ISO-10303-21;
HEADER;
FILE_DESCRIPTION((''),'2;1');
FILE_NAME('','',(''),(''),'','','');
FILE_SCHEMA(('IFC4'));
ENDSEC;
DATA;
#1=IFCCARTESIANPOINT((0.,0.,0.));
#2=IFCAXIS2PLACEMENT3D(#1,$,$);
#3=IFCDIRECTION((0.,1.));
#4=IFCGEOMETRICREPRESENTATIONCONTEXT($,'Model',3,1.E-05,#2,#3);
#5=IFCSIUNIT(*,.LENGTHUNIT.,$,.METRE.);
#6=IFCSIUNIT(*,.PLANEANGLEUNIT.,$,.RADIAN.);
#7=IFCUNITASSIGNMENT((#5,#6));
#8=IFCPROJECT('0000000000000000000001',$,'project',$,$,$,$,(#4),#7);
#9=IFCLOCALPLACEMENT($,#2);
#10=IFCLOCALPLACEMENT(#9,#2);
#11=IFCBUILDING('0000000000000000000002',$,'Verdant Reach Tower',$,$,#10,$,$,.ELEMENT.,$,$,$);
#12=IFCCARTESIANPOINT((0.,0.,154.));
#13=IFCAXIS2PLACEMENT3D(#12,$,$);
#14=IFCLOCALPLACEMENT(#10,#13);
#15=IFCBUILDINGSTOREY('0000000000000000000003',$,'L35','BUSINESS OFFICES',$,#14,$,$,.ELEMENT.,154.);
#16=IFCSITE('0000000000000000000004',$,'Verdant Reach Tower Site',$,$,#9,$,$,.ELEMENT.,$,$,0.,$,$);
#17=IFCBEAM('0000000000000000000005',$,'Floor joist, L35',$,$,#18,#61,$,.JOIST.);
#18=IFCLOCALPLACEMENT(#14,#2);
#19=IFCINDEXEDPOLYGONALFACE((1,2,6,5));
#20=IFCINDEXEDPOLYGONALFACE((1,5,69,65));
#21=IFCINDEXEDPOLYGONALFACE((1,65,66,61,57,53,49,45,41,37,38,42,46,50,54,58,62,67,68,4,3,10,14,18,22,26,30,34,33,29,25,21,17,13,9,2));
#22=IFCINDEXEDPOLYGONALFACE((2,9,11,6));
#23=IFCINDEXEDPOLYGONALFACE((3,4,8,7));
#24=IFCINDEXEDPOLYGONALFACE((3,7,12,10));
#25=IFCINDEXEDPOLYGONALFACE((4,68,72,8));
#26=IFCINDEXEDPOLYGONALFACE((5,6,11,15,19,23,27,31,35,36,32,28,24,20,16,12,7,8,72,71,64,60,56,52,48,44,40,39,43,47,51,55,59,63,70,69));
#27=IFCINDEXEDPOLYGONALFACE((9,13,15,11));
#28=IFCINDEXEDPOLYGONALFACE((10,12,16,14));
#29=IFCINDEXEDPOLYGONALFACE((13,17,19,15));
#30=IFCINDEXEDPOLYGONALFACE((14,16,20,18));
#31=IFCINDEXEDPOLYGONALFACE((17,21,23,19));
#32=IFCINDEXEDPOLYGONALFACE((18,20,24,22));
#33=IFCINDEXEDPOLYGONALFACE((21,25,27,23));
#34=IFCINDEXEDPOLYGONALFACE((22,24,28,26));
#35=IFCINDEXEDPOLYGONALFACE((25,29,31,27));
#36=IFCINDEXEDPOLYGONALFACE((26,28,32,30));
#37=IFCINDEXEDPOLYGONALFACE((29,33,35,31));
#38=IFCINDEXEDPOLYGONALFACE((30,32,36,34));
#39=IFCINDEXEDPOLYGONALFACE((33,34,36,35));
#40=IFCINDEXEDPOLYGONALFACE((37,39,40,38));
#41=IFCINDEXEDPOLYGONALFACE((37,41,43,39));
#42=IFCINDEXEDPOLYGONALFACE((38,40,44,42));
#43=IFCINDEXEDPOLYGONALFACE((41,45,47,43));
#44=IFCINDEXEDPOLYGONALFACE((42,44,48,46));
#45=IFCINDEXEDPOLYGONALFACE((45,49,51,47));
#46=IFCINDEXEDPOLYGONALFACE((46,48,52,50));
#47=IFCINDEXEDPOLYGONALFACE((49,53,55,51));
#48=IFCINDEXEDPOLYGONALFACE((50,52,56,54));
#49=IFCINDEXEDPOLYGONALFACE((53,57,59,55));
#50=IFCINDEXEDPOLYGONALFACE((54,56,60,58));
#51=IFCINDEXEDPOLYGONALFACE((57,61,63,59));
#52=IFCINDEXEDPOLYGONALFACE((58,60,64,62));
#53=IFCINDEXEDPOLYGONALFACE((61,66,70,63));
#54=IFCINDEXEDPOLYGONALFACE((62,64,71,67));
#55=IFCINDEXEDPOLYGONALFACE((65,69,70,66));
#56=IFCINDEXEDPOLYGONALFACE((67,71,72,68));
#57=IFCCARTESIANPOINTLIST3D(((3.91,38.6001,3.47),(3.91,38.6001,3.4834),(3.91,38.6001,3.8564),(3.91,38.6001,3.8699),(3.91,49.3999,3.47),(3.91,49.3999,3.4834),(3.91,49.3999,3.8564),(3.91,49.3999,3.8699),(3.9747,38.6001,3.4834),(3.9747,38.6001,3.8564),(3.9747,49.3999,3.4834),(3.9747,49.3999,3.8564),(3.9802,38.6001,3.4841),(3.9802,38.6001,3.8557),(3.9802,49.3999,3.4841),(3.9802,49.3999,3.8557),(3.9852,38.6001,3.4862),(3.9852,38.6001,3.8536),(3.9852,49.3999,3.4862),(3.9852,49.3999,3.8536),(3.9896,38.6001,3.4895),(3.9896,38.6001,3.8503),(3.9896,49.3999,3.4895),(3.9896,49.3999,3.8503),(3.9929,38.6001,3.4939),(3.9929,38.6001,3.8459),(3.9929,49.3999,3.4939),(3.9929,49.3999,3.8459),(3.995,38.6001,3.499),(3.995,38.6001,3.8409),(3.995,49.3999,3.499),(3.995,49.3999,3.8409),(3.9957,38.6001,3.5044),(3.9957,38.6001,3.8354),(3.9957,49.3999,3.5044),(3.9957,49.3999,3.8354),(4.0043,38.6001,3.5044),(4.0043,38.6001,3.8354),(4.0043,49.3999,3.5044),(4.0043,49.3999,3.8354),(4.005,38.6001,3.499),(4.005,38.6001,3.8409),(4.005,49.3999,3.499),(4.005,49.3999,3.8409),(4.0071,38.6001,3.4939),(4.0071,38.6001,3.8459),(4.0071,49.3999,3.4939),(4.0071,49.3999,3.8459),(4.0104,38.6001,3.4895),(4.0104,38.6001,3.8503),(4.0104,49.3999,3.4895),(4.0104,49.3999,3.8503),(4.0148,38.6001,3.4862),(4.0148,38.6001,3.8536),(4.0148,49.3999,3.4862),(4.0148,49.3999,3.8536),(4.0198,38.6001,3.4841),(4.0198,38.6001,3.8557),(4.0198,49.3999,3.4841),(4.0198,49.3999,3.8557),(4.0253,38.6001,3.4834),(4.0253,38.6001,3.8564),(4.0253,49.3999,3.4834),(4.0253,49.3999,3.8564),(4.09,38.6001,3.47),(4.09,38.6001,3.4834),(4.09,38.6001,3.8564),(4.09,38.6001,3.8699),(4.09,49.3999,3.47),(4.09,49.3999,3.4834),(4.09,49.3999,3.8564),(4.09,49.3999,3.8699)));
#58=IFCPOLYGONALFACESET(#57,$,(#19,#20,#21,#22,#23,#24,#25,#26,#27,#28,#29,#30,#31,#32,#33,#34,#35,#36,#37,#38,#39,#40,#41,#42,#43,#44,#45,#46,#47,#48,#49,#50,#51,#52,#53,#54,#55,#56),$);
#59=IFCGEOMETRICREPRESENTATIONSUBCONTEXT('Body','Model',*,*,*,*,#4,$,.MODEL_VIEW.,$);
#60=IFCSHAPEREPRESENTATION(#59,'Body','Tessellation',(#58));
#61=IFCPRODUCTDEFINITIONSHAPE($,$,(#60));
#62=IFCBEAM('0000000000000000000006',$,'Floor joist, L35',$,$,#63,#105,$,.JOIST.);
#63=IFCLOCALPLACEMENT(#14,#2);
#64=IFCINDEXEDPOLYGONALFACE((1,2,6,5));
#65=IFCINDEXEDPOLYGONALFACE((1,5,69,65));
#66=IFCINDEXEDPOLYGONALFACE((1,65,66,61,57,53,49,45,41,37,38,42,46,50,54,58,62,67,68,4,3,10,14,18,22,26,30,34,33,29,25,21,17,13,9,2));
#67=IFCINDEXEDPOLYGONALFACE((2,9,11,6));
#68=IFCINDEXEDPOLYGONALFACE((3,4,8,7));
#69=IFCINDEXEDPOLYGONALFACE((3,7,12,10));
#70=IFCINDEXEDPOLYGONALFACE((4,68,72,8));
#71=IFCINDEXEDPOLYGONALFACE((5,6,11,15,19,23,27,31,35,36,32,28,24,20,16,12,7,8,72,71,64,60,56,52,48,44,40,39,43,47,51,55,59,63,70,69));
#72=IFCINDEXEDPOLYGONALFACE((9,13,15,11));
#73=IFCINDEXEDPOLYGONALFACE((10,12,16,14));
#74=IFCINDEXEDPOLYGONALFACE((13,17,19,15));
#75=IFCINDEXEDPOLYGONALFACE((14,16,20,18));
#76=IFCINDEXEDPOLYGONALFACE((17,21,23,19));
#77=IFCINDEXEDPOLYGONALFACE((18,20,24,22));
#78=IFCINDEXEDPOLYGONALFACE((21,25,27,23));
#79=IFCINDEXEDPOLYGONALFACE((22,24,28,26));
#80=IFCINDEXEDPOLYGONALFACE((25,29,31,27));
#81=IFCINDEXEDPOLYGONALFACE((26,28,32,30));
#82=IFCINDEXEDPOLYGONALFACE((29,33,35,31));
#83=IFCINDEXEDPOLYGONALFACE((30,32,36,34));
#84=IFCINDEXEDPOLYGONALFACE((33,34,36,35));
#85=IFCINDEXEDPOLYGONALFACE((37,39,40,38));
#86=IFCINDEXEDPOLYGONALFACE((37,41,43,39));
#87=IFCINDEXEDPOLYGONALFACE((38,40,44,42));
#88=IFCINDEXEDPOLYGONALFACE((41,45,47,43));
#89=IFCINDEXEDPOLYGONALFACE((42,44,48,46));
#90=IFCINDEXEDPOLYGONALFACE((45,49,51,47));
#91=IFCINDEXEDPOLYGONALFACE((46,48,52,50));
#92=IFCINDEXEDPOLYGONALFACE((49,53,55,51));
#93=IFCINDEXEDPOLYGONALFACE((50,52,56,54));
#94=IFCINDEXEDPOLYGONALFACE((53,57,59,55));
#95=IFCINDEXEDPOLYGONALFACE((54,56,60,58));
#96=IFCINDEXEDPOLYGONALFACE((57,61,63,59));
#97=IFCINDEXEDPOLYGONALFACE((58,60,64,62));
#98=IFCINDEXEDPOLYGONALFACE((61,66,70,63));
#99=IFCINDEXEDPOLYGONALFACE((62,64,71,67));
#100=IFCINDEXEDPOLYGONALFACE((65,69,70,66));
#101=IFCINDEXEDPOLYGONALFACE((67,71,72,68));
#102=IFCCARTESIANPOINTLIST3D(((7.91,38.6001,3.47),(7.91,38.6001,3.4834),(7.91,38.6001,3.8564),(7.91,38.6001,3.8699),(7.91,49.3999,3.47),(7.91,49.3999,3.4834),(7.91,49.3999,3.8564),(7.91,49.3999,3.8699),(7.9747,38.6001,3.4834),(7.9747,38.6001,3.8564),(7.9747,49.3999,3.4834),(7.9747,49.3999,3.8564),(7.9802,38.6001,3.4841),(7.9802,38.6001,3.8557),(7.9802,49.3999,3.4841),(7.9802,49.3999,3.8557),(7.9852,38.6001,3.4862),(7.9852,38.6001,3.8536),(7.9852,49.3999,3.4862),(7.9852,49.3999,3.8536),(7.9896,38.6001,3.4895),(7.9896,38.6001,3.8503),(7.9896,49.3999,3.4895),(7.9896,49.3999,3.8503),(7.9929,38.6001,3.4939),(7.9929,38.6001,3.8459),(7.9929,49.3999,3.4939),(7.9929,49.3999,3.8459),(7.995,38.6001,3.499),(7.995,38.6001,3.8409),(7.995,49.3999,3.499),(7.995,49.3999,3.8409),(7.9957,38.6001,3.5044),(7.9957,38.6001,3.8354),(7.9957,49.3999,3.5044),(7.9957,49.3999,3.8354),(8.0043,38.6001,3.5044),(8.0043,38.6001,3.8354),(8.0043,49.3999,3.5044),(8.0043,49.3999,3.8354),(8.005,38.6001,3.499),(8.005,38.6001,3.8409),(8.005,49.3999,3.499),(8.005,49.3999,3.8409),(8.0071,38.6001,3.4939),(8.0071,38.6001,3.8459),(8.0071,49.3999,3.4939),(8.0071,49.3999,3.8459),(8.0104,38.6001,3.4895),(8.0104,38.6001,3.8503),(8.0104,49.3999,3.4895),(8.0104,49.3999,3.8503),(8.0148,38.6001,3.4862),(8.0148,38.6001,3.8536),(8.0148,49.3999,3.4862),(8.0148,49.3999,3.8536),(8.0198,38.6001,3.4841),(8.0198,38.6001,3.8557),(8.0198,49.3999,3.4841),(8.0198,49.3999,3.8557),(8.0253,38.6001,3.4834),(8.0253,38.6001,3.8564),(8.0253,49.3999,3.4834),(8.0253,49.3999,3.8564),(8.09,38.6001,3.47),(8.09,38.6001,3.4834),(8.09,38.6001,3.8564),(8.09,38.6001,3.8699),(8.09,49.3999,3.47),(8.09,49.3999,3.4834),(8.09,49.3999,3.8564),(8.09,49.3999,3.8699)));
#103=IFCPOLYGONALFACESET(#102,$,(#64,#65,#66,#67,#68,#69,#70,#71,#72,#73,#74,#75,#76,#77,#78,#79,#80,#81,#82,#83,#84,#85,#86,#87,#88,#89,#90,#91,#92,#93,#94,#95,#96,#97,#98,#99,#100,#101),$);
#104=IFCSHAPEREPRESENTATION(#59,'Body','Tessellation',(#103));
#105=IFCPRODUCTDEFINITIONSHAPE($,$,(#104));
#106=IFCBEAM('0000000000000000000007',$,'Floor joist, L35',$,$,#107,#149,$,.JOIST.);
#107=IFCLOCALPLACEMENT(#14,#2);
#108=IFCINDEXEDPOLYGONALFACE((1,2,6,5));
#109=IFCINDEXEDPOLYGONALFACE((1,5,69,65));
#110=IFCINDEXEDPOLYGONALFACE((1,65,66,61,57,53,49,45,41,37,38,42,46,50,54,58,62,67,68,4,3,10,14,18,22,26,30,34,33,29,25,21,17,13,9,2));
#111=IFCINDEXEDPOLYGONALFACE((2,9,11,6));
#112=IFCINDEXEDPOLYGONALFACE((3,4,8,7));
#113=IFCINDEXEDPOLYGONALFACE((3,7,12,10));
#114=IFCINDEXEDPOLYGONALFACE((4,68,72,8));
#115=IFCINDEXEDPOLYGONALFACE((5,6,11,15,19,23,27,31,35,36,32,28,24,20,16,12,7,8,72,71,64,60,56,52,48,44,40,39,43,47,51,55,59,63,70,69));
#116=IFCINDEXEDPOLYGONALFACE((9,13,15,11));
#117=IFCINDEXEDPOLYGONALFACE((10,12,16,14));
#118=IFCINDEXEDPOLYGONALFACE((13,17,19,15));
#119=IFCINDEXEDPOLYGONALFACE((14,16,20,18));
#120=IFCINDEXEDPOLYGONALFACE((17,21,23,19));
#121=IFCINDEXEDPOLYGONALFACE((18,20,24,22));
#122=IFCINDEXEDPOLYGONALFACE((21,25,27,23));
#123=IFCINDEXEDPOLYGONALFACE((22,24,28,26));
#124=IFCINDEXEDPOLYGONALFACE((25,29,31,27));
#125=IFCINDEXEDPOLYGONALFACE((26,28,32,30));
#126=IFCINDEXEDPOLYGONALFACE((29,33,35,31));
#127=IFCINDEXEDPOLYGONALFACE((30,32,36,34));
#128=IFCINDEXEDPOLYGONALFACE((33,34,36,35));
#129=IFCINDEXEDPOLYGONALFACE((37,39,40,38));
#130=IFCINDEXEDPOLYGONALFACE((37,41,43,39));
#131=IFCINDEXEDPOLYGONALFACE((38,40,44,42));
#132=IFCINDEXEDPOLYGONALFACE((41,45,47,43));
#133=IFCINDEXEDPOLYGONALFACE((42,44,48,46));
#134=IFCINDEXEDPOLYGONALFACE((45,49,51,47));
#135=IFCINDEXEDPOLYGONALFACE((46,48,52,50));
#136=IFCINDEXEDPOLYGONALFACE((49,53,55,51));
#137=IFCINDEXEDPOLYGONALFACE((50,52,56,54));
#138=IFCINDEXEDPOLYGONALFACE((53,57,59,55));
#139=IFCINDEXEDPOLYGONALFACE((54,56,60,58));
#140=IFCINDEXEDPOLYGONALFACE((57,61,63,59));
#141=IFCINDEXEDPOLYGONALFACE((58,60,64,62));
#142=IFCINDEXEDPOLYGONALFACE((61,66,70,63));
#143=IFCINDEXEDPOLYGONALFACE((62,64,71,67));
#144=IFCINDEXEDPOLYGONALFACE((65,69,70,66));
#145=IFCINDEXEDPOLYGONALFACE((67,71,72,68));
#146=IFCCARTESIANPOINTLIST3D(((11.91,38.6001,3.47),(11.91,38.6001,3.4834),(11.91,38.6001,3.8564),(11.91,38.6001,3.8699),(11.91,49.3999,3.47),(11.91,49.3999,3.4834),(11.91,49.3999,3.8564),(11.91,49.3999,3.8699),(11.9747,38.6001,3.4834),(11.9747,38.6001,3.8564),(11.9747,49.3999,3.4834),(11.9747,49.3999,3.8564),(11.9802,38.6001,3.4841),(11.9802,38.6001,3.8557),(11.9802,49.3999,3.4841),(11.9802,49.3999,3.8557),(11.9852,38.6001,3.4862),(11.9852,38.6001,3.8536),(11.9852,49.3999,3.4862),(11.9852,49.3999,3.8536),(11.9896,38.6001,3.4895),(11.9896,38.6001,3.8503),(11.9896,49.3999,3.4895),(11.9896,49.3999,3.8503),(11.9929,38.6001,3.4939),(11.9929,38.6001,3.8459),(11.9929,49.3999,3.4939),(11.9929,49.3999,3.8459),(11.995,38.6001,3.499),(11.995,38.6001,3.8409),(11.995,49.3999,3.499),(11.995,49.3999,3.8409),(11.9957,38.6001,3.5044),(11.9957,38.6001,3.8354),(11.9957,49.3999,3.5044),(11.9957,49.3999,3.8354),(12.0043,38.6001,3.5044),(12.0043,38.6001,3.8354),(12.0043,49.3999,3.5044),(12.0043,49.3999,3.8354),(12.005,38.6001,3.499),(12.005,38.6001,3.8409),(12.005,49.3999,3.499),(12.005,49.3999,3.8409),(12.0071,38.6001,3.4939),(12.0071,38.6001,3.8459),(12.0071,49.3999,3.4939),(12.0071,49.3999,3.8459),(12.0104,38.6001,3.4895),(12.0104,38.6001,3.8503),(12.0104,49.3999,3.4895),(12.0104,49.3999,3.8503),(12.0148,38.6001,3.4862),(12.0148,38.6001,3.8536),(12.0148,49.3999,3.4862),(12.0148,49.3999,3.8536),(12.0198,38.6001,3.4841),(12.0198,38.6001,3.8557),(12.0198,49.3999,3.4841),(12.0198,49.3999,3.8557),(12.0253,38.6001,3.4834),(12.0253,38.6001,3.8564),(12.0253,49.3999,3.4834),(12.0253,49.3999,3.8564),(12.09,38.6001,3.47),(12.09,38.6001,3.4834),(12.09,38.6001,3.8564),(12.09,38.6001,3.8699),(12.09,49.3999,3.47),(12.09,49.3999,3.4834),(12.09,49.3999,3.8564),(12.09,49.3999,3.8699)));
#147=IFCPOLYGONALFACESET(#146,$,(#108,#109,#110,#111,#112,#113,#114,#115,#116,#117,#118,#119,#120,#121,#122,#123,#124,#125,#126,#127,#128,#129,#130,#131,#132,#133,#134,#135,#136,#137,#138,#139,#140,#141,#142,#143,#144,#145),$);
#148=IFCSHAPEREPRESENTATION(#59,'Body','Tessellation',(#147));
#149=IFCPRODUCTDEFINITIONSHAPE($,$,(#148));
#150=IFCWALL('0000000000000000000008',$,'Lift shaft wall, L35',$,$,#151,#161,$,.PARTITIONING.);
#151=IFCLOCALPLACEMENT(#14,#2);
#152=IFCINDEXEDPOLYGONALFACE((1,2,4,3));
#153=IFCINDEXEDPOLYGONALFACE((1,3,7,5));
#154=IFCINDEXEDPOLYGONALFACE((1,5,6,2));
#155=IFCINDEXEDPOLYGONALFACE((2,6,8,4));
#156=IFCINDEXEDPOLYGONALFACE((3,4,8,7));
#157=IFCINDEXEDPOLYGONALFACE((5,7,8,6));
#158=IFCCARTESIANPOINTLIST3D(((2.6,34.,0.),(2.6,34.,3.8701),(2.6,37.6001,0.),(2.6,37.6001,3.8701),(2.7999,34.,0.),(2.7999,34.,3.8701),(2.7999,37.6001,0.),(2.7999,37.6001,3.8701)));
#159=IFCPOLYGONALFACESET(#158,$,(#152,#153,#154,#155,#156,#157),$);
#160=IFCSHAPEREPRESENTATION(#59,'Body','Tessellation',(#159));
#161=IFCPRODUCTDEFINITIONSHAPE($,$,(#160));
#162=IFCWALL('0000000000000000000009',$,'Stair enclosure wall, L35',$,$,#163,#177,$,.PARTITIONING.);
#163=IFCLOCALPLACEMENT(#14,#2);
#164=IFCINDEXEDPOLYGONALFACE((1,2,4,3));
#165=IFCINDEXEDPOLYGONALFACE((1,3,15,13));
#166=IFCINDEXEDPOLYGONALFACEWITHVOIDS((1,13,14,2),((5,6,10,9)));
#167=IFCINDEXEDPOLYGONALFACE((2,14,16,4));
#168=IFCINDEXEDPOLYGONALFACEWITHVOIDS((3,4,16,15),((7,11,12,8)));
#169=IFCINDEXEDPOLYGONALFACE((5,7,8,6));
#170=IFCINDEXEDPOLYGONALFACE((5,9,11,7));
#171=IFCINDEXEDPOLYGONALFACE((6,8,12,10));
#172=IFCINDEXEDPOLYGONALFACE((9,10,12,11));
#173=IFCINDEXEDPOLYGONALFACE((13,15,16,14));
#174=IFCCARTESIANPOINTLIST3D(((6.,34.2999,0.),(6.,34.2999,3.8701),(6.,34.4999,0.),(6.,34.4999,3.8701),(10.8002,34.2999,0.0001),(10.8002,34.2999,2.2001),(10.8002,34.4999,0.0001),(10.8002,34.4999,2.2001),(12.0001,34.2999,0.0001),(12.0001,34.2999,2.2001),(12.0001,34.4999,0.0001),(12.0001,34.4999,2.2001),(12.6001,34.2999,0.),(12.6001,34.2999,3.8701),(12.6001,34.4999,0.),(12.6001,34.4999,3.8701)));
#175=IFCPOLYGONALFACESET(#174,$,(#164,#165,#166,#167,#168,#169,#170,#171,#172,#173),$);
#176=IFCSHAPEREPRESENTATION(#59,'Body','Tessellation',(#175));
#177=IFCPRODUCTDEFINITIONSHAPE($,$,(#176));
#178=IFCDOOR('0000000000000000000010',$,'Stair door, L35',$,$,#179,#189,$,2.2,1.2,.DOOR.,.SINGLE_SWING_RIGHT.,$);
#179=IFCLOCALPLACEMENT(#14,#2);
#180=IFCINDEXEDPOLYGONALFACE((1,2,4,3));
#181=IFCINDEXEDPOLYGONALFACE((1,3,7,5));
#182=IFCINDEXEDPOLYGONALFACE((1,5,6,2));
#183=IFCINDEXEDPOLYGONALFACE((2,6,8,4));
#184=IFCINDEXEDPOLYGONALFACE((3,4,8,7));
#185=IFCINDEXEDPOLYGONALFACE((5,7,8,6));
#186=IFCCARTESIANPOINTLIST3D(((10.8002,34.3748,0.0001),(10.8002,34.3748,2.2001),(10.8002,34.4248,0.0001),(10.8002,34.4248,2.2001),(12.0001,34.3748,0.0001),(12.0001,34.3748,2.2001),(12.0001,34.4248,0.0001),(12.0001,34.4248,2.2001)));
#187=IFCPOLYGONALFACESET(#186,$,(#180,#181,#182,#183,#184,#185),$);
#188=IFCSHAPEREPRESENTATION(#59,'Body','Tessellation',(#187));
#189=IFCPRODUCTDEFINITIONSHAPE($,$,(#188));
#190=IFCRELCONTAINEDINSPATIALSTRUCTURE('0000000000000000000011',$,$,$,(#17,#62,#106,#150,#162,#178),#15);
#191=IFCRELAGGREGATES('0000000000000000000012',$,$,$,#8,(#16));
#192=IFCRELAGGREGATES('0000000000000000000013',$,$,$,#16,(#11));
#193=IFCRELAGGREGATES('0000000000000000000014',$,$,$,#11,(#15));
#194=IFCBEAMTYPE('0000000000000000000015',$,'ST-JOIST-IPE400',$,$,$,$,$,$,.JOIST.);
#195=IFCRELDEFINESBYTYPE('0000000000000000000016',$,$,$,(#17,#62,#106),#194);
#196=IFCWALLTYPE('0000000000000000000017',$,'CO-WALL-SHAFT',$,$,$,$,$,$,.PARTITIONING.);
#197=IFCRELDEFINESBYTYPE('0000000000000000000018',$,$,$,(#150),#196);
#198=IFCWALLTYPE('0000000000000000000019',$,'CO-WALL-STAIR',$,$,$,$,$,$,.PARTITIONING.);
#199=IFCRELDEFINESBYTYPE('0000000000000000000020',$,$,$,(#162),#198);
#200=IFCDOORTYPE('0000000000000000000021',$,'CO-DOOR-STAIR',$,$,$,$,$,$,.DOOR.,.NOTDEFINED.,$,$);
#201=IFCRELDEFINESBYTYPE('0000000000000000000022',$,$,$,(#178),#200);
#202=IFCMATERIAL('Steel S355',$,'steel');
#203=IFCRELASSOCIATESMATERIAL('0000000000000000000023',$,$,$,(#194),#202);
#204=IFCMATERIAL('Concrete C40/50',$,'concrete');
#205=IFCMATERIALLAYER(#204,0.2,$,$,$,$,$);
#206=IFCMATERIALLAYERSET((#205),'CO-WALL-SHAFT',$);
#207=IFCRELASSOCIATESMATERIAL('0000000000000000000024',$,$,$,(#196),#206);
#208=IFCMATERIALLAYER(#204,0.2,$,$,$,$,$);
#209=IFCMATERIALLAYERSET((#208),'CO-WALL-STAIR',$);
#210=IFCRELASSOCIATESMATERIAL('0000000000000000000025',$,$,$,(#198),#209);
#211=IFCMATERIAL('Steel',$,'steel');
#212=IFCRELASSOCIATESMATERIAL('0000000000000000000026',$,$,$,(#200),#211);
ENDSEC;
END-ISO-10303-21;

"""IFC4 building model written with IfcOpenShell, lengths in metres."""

from ifc_helpers import new_model, si_unit, direction, frame, frame_2d, origin, origin_2d, place, context, subcontext, project, spatial, rectangle, i_section, extrude, material, layer, layer_set, material_profile, profile_set, type_object, element, fill, save


model = new_model("IFC4")

# Units and contexts
model_context = context("Model", 3, precision=1e-05, world=origin(), true_north=direction((0.0, 1.0)))
body_context = subcontext(model_context, "Body", "Model", "MODEL_VIEW")
ifc_project = project(units=[si_unit("LENGTHUNIT", "METRE"), si_unit("PLANEANGLEUNIT", "RADIAN")], contexts=[model_context])

# Site, building, storey
site_placement = place(None, origin())
site = spatial("IfcSite", under=ifc_project, at=site_placement, Name="Verdant Reach Tower Site", CompositionType="ELEMENT", RefElevation=0.0)
building_placement = place(site_placement, origin())
building = spatial("IfcBuilding", under=site, at=building_placement, Name="Verdant Reach Tower", CompositionType="ELEMENT")
storey_placement = place(building_placement, frame((0.0, 0.0, 154.0)))
storey = spatial("IfcBuildingStorey", under=building, at=storey_placement, Name="L35", Description="BUSINESS OFFICES", CompositionType="ELEMENT", Elevation=154.0)

# Beams
ifc_material_1 = material(Name="Steel S355", Category="steel")
ifc_material_profile = material_profile(ifc_material_1, i_section(OverallWidth=0.1799, OverallDepth=0.3999, WebThickness=0.0085, FlangeThickness=0.0134, FilletRadius=0.021, at=origin_2d()), Name="IPE 400")
ifc_profile_set = profile_set([ifc_material_profile], Name="Steel S355")
beam_type = type_object("IfcBeamType", Name="ST-JOIST-IPE400", PredefinedType="JOIST", material=ifc_profile_set)
for number, where, z_axis, x_axis, name in (
    (1, (4.0, 38.6001, 3.6699), (0.0, 1.0, 0.0), (-1.0, 0.0, 0.0), "Floor joist, L35"),
    (2, (8.0, 38.6001, 3.6699), (0.0, 1.0, 0.0), (-1.0, 0.0, 0.0), "Floor joist, L35"),
    (3, (12.0, 38.6001, 3.6699), (0.0, 1.0, 0.0), (-1.0, 0.0, 0.0), "Floor joist, L35"),
):
    element("IfcBeam", number, at=place(storey_placement, frame(where, z_axis=z_axis, x_axis=x_axis)), inside=storey, type_object=beam_type, Name=name, PredefinedType="JOIST", context=body_context, shape_type="SweptSolid", body=[
        extrude(i_section(OverallWidth=0.1799, OverallDepth=0.3999, WebThickness=0.0085, FlangeThickness=0.0134, FilletRadius=0.021, at=origin_2d()), origin(), (0.0, 0.0, 1.0), 10.7998),
    ])

# Wall
ifc_material_2 = material(Name="Concrete C40/50", Category="concrete")
ifc_layer_1 = layer(ifc_material_2, 0.2)
ifc_layer_set_1 = layer_set([ifc_layer_1], Name="CO-WALL-SHAFT")
wall_type_1 = type_object("IfcWallType", Name="CO-WALL-SHAFT", PredefinedType="PARTITIONING", material=ifc_layer_set_1)
wall_1_placement = place(storey_placement, frame((2.7, 34.0, 0.0), z_axis=(0.0, 0.0, 1.0), x_axis=(0.0, 1.0, 0.0)))
element("IfcWall", 4, at=wall_1_placement, inside=storey, type_object=wall_type_1, Name="Lift shaft wall, L35", PredefinedType="PARTITIONING", context=body_context, shape_type="SweptSolid", body=[
    extrude(rectangle(XDim=3.6001, YDim=0.2, at=frame_2d((1.8, 0.0))), origin(), (0.0, 0.0, 1.0), 3.8701),
])

# Wall, opening, door
ifc_layer_2 = layer(ifc_material_2, 0.2)
ifc_layer_set_2 = layer_set([ifc_layer_2], Name="CO-WALL-STAIR")
wall_type_2 = type_object("IfcWallType", Name="CO-WALL-STAIR", PredefinedType="PARTITIONING", material=ifc_layer_set_2)
wall_2_placement = place(storey_placement, frame((6.0, 34.3999, 0.0), z_axis=(0.0, 0.0, 1.0), x_axis=(1.0, 0.0, 0.0)))
wall_2 = element("IfcWall", 5, at=wall_2_placement, inside=storey, type_object=wall_type_2, Name="Stair enclosure wall, L35", PredefinedType="PARTITIONING", context=body_context, shape_type="SweptSolid", body=[
    extrude(rectangle(XDim=6.6001, YDim=0.2, at=frame_2d((3.3, 0.0))), origin(), (0.0, 0.0, 1.0), 3.8701),
])
opening_1_placement = place(wall_2_placement, frame((4.8, 0.0, 0.0)))
opening_1 = element("IfcOpeningElement", 6, at=opening_1_placement, cuts=wall_2, PredefinedType="OPENING", context=body_context, shape_type="SweptSolid", body=[
    extrude(rectangle(XDim=1.2, YDim=2.2, at=frame_2d((0.6001, 1.1001))), frame((0.0, 0.1099, 0.0), z_axis=(0.0, -1.0, 0.0), x_axis=(1.0, 0.0, 0.0)), (0.0, 0.0, 1.0), 0.22),
])
ifc_material_3 = material(Name="Steel", Category="steel")
door_type_1 = type_object("IfcDoorType", Name="CO-DOOR-STAIR", OperationType="NOTDEFINED", PredefinedType="DOOR", material=ifc_material_3)
door_1_placement = place(opening_1_placement, origin())
door_1 = element("IfcDoor", 7, at=door_1_placement, inside=storey, type_object=door_type_1, Name="Stair door, L35", OperationType="SINGLE_SWING_RIGHT", OverallHeight=2.2, OverallWidth=1.2, PredefinedType="DOOR", context=body_context, shape_type="SweptSolid", body=[
    extrude(rectangle(XDim=1.2, YDim=2.2, at=frame_2d((0.6001, 1.1001))), frame((0.0, 0.0249, 0.0), z_axis=(0.0, -1.0, 0.0), x_axis=(1.0, 0.0, 0.0)), (0.0, 0.0, 1.0), 0.05),
])
fill(opening_1, door_1)

save(model, "model.ifc")
